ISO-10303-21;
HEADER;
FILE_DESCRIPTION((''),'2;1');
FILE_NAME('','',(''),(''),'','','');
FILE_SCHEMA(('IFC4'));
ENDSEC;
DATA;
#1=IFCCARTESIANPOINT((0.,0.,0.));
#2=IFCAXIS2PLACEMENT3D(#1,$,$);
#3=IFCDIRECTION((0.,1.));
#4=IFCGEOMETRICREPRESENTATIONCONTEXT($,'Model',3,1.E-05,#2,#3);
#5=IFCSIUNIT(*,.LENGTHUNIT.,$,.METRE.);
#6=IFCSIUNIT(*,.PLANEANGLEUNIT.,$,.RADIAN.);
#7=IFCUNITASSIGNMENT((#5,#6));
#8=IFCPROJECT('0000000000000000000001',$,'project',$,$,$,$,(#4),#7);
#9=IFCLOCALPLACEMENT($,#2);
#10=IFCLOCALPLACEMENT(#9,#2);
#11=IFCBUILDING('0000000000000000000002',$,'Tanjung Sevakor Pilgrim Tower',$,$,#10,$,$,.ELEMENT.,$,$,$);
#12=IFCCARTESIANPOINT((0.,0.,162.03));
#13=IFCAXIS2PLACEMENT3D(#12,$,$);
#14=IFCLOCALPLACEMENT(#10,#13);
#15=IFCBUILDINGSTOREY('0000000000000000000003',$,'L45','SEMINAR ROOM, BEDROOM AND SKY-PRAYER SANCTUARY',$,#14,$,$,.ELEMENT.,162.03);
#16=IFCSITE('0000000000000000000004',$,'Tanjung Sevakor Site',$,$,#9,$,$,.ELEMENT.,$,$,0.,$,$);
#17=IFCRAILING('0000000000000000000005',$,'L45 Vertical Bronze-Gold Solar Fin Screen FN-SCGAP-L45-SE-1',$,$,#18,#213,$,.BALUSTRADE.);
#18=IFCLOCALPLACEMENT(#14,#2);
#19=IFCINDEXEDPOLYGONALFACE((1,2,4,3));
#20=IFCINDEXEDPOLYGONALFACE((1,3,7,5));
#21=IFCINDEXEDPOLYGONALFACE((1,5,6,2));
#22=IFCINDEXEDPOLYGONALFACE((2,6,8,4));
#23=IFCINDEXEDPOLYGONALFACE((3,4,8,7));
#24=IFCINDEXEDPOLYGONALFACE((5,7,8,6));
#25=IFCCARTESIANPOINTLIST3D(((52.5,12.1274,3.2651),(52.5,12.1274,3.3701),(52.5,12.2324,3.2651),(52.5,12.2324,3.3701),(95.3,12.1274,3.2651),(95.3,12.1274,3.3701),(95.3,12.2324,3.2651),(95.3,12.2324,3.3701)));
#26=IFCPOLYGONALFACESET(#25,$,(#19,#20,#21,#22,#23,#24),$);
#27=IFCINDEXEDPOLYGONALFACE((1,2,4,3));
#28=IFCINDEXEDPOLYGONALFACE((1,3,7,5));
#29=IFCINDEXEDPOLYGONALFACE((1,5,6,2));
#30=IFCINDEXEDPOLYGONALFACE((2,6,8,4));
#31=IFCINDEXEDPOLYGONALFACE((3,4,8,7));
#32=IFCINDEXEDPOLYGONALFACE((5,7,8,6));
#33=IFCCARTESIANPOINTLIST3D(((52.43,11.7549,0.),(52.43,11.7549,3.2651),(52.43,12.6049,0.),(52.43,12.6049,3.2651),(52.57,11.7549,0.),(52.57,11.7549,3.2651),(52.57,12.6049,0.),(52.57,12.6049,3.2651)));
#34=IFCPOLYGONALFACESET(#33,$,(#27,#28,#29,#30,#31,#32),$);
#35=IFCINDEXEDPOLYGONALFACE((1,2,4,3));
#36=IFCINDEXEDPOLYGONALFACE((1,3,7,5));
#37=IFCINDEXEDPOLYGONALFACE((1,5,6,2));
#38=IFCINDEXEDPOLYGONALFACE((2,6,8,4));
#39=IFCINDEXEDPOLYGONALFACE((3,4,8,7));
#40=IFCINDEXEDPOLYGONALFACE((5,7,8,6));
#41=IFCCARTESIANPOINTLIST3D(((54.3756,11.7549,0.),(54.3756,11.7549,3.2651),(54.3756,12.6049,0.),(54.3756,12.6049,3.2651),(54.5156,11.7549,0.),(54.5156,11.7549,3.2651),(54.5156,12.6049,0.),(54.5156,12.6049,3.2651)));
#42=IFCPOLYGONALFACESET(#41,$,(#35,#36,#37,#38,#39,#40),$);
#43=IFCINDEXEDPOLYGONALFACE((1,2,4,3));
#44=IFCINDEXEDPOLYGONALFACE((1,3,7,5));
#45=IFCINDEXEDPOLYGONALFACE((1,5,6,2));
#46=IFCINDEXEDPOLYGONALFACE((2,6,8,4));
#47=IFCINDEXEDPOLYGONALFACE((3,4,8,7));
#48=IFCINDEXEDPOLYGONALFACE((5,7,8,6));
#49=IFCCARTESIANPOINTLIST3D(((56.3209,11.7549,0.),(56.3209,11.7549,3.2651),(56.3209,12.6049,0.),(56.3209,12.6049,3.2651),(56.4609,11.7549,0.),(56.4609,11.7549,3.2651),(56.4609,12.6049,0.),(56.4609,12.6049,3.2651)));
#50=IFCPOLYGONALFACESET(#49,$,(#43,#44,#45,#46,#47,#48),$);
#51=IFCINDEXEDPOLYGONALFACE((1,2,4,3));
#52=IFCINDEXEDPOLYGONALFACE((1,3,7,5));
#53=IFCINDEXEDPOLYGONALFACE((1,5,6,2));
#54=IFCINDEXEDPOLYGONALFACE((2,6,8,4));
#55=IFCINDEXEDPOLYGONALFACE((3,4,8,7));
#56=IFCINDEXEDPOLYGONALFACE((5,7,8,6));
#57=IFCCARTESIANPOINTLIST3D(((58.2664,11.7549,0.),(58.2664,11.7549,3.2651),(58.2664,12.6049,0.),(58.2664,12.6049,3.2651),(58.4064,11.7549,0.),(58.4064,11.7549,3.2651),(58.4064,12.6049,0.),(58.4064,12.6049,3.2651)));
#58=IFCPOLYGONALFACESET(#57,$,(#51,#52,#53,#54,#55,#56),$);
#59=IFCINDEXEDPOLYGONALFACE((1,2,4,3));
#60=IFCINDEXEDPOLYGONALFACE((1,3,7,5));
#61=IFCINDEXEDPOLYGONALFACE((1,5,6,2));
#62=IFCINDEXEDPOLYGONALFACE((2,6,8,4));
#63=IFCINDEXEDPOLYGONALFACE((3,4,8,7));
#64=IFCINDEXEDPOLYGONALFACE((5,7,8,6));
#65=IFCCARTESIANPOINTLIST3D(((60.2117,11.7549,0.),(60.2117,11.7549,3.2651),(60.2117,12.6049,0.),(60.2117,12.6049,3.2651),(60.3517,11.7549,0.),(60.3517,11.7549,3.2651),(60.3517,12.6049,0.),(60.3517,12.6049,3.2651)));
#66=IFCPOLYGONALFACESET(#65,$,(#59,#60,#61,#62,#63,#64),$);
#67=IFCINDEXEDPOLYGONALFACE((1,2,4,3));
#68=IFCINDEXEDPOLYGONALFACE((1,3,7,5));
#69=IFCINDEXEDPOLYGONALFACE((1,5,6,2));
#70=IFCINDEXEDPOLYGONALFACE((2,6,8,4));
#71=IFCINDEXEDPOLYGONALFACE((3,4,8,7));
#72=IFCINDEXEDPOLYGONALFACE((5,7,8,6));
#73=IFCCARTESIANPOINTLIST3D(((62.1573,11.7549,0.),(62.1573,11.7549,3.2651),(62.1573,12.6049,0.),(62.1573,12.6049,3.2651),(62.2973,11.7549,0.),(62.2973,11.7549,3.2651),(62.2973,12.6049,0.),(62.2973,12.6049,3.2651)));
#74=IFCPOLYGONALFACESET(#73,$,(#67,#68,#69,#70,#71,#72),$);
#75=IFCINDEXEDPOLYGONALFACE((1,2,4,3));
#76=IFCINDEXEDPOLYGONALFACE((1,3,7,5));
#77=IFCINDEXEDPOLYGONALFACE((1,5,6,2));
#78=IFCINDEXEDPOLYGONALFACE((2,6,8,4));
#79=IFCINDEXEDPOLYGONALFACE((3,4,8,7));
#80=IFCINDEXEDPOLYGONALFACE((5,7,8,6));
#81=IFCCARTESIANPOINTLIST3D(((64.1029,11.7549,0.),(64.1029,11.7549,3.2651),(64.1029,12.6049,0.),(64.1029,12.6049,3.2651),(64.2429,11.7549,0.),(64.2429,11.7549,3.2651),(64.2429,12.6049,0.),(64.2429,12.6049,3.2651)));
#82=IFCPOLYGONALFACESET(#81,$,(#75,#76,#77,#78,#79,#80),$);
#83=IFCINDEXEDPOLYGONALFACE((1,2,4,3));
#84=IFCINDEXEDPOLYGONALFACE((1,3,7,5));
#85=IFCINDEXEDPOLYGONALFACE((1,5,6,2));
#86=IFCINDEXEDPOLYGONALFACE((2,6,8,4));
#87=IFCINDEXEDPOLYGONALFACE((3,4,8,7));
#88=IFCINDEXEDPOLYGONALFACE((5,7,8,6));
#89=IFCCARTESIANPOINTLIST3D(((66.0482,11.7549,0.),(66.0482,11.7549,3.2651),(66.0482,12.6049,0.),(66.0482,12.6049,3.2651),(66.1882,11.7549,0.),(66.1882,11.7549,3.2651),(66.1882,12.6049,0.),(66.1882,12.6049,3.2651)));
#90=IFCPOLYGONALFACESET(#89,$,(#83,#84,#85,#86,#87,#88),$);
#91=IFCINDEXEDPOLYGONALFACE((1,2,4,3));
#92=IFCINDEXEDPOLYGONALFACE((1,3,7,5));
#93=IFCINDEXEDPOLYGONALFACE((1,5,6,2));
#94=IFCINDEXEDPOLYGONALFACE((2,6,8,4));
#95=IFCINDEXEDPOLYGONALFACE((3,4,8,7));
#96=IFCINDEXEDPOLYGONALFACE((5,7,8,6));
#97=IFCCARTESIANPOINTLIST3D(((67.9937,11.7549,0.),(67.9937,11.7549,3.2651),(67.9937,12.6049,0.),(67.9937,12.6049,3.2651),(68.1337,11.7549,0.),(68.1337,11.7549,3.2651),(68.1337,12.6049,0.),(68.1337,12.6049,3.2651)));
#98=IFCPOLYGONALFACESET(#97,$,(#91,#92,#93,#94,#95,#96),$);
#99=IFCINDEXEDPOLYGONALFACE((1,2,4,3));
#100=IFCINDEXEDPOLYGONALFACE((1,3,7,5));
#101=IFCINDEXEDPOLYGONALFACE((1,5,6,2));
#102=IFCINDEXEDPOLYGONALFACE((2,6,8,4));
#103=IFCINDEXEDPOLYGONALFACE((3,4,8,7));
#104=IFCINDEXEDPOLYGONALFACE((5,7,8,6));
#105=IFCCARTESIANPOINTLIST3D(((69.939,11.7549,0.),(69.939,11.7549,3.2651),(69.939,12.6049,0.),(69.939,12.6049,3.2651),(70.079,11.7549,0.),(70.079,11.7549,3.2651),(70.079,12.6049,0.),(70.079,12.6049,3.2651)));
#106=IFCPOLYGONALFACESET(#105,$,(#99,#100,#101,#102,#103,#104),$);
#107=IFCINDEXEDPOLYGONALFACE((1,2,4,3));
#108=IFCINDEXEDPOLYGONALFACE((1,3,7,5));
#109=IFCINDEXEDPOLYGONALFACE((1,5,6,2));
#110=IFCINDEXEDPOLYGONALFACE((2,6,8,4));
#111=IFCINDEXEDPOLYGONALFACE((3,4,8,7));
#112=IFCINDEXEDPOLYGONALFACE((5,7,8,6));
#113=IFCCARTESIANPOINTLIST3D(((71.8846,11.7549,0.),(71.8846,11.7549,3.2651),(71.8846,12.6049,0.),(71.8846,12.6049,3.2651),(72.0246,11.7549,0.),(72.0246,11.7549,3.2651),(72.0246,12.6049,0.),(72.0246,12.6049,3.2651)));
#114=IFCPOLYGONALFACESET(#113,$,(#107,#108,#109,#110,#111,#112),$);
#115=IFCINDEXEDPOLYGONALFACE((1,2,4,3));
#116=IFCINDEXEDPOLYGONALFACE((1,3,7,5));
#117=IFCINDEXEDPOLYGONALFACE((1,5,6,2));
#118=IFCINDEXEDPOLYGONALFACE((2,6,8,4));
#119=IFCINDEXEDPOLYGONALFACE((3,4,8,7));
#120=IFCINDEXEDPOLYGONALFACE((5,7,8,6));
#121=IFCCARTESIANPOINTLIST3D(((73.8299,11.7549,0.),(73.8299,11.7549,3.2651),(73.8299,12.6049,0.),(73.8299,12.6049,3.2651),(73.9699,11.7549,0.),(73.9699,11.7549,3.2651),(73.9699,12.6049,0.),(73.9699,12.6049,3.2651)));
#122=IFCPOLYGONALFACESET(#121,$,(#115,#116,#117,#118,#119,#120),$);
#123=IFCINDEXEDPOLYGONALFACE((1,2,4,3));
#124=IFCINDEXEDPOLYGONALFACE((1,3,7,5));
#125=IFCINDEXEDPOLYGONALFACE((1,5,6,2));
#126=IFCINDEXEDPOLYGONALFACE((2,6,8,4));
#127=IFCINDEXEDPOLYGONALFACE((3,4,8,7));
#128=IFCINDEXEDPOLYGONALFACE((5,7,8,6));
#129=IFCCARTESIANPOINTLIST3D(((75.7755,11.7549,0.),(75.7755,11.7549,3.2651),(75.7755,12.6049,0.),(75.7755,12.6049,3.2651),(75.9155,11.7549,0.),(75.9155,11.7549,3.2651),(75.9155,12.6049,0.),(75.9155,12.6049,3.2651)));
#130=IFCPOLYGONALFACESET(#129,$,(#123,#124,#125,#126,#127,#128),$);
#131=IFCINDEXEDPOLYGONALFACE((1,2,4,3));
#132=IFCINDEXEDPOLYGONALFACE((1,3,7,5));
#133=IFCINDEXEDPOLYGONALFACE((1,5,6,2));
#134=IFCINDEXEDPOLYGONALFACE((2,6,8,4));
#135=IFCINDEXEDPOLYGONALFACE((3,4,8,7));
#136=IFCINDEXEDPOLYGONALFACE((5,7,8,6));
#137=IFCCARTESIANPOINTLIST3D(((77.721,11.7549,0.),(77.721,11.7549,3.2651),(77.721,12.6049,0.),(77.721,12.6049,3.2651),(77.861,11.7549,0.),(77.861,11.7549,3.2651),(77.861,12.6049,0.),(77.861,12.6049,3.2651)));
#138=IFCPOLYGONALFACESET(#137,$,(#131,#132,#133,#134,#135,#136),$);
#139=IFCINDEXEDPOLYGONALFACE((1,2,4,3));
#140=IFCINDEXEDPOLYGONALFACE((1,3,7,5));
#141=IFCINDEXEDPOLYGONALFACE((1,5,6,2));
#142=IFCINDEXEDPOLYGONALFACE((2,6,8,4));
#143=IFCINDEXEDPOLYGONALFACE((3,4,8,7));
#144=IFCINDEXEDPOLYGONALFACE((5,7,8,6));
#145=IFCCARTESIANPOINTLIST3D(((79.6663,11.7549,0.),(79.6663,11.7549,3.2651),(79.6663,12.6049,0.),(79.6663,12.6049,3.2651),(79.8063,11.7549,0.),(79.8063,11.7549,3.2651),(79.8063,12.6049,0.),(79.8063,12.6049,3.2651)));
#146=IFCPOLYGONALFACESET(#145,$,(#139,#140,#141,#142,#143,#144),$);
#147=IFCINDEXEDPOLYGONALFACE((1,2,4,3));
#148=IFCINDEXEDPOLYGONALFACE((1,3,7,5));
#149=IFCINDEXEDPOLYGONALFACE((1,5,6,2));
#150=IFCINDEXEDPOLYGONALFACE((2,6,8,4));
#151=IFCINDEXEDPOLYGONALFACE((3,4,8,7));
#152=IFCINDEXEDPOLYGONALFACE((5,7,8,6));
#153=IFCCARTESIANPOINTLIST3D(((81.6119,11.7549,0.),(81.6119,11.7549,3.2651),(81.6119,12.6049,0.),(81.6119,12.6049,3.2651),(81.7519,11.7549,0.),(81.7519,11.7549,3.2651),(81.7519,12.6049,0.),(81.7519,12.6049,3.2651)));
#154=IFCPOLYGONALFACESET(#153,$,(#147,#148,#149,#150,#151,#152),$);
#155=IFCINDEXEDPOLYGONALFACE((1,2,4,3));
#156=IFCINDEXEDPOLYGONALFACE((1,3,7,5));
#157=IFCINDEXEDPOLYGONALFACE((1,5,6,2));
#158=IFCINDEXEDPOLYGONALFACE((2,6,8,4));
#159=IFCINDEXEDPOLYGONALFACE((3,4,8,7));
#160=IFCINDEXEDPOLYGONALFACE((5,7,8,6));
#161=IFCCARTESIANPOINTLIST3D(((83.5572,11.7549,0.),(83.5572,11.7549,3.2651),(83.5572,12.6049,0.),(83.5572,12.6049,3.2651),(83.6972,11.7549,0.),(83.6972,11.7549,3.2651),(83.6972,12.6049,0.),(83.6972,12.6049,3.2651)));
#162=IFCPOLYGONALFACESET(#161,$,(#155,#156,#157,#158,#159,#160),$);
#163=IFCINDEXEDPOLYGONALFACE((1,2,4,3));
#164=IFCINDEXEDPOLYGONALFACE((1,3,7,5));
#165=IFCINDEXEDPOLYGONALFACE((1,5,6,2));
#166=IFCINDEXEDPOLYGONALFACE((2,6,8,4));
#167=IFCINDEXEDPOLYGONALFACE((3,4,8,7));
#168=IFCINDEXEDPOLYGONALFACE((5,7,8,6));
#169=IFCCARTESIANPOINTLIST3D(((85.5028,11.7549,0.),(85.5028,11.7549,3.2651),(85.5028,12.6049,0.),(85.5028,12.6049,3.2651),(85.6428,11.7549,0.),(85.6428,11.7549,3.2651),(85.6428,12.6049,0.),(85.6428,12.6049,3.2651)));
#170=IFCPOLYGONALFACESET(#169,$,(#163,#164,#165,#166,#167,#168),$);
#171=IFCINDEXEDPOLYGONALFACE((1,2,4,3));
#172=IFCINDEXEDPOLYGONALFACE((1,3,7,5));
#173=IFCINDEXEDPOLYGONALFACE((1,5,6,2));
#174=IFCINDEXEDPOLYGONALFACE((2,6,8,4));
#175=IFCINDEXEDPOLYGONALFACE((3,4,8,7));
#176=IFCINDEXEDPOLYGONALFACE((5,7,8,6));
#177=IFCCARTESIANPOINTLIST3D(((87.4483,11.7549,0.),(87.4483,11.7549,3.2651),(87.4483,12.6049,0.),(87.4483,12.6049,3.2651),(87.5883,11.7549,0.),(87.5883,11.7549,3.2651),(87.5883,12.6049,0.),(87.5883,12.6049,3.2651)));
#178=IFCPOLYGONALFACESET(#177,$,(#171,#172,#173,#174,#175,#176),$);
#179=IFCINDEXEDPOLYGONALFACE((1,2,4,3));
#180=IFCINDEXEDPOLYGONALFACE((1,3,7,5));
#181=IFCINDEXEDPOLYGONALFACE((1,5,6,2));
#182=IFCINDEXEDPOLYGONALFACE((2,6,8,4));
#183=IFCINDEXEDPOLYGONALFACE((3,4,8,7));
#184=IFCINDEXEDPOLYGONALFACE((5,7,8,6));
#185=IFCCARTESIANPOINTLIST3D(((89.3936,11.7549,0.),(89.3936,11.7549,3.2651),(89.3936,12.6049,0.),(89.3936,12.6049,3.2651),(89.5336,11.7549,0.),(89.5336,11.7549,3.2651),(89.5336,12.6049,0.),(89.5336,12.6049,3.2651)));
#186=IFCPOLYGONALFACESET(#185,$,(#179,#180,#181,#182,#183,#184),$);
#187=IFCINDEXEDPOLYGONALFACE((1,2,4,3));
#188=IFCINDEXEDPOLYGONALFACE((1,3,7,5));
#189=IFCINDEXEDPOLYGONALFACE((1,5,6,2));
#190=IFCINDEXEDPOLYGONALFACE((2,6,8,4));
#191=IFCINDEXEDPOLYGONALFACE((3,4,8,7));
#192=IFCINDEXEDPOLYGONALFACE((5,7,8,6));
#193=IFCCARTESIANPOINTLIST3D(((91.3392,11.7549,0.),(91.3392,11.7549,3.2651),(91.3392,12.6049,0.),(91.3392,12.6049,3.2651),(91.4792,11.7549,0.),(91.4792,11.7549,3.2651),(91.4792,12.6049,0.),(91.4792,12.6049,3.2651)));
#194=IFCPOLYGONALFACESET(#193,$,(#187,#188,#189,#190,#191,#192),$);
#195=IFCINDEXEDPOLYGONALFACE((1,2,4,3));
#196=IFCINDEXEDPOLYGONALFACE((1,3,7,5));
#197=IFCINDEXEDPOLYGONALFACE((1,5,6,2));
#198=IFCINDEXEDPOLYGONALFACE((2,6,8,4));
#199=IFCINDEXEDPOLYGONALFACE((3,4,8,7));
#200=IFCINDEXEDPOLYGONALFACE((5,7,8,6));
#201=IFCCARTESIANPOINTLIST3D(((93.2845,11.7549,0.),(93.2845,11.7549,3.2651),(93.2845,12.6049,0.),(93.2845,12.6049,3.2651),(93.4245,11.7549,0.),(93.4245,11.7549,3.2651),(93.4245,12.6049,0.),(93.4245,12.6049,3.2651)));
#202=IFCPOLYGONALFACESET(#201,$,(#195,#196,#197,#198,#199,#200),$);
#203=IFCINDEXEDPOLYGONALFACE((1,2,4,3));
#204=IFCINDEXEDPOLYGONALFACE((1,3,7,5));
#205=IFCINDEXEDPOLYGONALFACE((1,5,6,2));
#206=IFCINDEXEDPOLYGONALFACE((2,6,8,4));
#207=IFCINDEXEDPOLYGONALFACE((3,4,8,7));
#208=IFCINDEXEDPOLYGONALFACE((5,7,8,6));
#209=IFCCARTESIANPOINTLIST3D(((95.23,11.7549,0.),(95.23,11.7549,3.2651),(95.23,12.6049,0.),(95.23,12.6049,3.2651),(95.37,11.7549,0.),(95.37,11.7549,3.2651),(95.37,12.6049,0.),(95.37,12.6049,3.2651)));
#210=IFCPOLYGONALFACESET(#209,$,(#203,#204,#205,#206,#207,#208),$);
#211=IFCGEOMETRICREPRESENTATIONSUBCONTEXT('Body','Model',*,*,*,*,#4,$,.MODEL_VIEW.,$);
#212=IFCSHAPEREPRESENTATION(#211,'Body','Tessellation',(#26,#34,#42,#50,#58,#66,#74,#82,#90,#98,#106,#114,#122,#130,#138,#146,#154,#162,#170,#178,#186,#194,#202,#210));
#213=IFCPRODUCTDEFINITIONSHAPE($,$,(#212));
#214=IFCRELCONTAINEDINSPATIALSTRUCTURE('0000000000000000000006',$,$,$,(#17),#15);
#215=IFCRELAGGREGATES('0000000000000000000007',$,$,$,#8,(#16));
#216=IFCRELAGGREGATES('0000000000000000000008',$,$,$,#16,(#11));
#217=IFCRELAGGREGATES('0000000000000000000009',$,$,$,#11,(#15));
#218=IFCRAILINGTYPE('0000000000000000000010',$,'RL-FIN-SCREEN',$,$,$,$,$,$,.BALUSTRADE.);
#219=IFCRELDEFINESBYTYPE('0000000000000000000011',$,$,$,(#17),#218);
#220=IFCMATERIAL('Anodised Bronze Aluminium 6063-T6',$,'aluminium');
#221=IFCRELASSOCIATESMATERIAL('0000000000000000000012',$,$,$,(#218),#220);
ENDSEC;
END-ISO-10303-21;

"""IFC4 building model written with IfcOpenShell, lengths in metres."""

from ifc_helpers import new_model, si_unit, direction, frame, origin, place, context, subcontext, project, spatial, rectangle, extrude, material, type_object, element, save


model = new_model("IFC4")

# Units and contexts
model_context = context("Model", 3, precision=1e-05, world=origin(), true_north=direction((0.0, 1.0)))
body_context = subcontext(model_context, "Body", "Model", "MODEL_VIEW")
ifc_project = project(units=[si_unit("LENGTHUNIT", "METRE"), si_unit("PLANEANGLEUNIT", "RADIAN")], contexts=[model_context])

# Site, building, storey
site_placement = place(None, origin())
site = spatial("IfcSite", under=ifc_project, at=site_placement, Name="Tanjung Sevakor Site", CompositionType="ELEMENT", RefElevation=0.0)
building_placement = place(site_placement, origin())
building = spatial("IfcBuilding", under=site, at=building_placement, Name="Tanjung Sevakor Pilgrim Tower", CompositionType="ELEMENT")
storey_placement = place(building_placement, frame((0.0, 0.0, 162.03)))
storey = spatial("IfcBuildingStorey", under=building, at=storey_placement, Name="L45", Description="SEMINAR ROOM, BEDROOM AND SKY-PRAYER SANCTUARY", CompositionType="ELEMENT", Elevation=162.03)

# Railing
ifc_material_1 = material(Name="Anodised Bronze Aluminium 6063-T6", Category="aluminium")
railing_type = type_object("IfcRailingType", Name="RL-FIN-SCREEN", PredefinedType="BALUSTRADE", material=ifc_material_1)
railing_placement = place(storey_placement, frame((52.5, 12.1799, 0.0)))
element("IfcRailing", 1, at=railing_placement, inside=storey, type_object=railing_type, Name="L45 Vertical Bronze-Gold Solar Fin Screen FN-SCGAP-L45-SE-1", PredefinedType="BALUSTRADE", context=body_context, shape_type="SweptSolid", body=[
    extrude(rectangle(XDim=0.105, YDim=0.105), frame((0.0, 0.0, 3.3176), z_axis=(1.0, 0.0, 0.0), x_axis=(0.0, 1.0, 0.0)), (0.0, 0.0, 1.0), 42.8),
    extrude(rectangle(XDim=0.14, YDim=0.85), origin(), (0.0, 0.0, 1.0), 3.2651),
    extrude(rectangle(XDim=0.14, YDim=0.85), frame((1.9456, 0.0, 0.0)), (0.0, 0.0, 1.0), 3.2651),
    extrude(rectangle(XDim=0.14, YDim=0.85), frame((3.8909, 0.0, 0.0)), (0.0, 0.0, 1.0), 3.2651),
    extrude(rectangle(XDim=0.14, YDim=0.85), frame((5.8364, 0.0, 0.0)), (0.0, 0.0, 1.0), 3.2651),
    extrude(rectangle(XDim=0.14, YDim=0.85), frame((7.7817, 0.0, 0.0)), (0.0, 0.0, 1.0), 3.2651),
    extrude(rectangle(XDim=0.14, YDim=0.85), frame((9.7273, 0.0, 0.0)), (0.0, 0.0, 1.0), 3.2651),
    extrude(rectangle(XDim=0.14, YDim=0.85), frame((11.6729, 0.0, 0.0)), (0.0, 0.0, 1.0), 3.2651),
    extrude(rectangle(XDim=0.14, YDim=0.85), frame((13.6182, 0.0, 0.0)), (0.0, 0.0, 1.0), 3.2651),
    extrude(rectangle(XDim=0.14, YDim=0.85), frame((15.5637, 0.0, 0.0)), (0.0, 0.0, 1.0), 3.2651),
    extrude(rectangle(XDim=0.14, YDim=0.85), frame((17.509, 0.0, 0.0)), (0.0, 0.0, 1.0), 3.2651),
    extrude(rectangle(XDim=0.14, YDim=0.85), frame((19.4546, 0.0, 0.0)), (0.0, 0.0, 1.0), 3.2651),
    extrude(rectangle(XDim=0.14, YDim=0.85), frame((21.3999, 0.0, 0.0)), (0.0, 0.0, 1.0), 3.2651),
    extrude(rectangle(XDim=0.14, YDim=0.85), frame((23.3455, 0.0, 0.0)), (0.0, 0.0, 1.0), 3.2651),
    extrude(rectangle(XDim=0.14, YDim=0.85), frame((25.291, 0.0, 0.0)), (0.0, 0.0, 1.0), 3.2651),
    extrude(rectangle(XDim=0.14, YDim=0.85), frame((27.2363, 0.0, 0.0)), (0.0, 0.0, 1.0), 3.2651),
    extrude(rectangle(XDim=0.14, YDim=0.85), frame((29.1819, 0.0, 0.0)), (0.0, 0.0, 1.0), 3.2651),
    extrude(rectangle(XDim=0.14, YDim=0.85), frame((31.1272, 0.0, 0.0)), (0.0, 0.0, 1.0), 3.2651),
    extrude(rectangle(XDim=0.14, YDim=0.85), frame((33.0728, 0.0, 0.0)), (0.0, 0.0, 1.0), 3.2651),
    extrude(rectangle(XDim=0.14, YDim=0.85), frame((35.0183, 0.0, 0.0)), (0.0, 0.0, 1.0), 3.2651),
    extrude(rectangle(XDim=0.14, YDim=0.85), frame((36.9636, 0.0, 0.0)), (0.0, 0.0, 1.0), 3.2651),
    extrude(rectangle(XDim=0.14, YDim=0.85), frame((38.9092, 0.0, 0.0)), (0.0, 0.0, 1.0), 3.2651),
    extrude(rectangle(XDim=0.14, YDim=0.85), frame((40.8545, 0.0, 0.0)), (0.0, 0.0, 1.0), 3.2651),
    extrude(rectangle(XDim=0.14, YDim=0.85), frame((42.8, 0.0, 0.0)), (0.0, 0.0, 1.0), 3.2651),
])

save(model, "model.ifc")
